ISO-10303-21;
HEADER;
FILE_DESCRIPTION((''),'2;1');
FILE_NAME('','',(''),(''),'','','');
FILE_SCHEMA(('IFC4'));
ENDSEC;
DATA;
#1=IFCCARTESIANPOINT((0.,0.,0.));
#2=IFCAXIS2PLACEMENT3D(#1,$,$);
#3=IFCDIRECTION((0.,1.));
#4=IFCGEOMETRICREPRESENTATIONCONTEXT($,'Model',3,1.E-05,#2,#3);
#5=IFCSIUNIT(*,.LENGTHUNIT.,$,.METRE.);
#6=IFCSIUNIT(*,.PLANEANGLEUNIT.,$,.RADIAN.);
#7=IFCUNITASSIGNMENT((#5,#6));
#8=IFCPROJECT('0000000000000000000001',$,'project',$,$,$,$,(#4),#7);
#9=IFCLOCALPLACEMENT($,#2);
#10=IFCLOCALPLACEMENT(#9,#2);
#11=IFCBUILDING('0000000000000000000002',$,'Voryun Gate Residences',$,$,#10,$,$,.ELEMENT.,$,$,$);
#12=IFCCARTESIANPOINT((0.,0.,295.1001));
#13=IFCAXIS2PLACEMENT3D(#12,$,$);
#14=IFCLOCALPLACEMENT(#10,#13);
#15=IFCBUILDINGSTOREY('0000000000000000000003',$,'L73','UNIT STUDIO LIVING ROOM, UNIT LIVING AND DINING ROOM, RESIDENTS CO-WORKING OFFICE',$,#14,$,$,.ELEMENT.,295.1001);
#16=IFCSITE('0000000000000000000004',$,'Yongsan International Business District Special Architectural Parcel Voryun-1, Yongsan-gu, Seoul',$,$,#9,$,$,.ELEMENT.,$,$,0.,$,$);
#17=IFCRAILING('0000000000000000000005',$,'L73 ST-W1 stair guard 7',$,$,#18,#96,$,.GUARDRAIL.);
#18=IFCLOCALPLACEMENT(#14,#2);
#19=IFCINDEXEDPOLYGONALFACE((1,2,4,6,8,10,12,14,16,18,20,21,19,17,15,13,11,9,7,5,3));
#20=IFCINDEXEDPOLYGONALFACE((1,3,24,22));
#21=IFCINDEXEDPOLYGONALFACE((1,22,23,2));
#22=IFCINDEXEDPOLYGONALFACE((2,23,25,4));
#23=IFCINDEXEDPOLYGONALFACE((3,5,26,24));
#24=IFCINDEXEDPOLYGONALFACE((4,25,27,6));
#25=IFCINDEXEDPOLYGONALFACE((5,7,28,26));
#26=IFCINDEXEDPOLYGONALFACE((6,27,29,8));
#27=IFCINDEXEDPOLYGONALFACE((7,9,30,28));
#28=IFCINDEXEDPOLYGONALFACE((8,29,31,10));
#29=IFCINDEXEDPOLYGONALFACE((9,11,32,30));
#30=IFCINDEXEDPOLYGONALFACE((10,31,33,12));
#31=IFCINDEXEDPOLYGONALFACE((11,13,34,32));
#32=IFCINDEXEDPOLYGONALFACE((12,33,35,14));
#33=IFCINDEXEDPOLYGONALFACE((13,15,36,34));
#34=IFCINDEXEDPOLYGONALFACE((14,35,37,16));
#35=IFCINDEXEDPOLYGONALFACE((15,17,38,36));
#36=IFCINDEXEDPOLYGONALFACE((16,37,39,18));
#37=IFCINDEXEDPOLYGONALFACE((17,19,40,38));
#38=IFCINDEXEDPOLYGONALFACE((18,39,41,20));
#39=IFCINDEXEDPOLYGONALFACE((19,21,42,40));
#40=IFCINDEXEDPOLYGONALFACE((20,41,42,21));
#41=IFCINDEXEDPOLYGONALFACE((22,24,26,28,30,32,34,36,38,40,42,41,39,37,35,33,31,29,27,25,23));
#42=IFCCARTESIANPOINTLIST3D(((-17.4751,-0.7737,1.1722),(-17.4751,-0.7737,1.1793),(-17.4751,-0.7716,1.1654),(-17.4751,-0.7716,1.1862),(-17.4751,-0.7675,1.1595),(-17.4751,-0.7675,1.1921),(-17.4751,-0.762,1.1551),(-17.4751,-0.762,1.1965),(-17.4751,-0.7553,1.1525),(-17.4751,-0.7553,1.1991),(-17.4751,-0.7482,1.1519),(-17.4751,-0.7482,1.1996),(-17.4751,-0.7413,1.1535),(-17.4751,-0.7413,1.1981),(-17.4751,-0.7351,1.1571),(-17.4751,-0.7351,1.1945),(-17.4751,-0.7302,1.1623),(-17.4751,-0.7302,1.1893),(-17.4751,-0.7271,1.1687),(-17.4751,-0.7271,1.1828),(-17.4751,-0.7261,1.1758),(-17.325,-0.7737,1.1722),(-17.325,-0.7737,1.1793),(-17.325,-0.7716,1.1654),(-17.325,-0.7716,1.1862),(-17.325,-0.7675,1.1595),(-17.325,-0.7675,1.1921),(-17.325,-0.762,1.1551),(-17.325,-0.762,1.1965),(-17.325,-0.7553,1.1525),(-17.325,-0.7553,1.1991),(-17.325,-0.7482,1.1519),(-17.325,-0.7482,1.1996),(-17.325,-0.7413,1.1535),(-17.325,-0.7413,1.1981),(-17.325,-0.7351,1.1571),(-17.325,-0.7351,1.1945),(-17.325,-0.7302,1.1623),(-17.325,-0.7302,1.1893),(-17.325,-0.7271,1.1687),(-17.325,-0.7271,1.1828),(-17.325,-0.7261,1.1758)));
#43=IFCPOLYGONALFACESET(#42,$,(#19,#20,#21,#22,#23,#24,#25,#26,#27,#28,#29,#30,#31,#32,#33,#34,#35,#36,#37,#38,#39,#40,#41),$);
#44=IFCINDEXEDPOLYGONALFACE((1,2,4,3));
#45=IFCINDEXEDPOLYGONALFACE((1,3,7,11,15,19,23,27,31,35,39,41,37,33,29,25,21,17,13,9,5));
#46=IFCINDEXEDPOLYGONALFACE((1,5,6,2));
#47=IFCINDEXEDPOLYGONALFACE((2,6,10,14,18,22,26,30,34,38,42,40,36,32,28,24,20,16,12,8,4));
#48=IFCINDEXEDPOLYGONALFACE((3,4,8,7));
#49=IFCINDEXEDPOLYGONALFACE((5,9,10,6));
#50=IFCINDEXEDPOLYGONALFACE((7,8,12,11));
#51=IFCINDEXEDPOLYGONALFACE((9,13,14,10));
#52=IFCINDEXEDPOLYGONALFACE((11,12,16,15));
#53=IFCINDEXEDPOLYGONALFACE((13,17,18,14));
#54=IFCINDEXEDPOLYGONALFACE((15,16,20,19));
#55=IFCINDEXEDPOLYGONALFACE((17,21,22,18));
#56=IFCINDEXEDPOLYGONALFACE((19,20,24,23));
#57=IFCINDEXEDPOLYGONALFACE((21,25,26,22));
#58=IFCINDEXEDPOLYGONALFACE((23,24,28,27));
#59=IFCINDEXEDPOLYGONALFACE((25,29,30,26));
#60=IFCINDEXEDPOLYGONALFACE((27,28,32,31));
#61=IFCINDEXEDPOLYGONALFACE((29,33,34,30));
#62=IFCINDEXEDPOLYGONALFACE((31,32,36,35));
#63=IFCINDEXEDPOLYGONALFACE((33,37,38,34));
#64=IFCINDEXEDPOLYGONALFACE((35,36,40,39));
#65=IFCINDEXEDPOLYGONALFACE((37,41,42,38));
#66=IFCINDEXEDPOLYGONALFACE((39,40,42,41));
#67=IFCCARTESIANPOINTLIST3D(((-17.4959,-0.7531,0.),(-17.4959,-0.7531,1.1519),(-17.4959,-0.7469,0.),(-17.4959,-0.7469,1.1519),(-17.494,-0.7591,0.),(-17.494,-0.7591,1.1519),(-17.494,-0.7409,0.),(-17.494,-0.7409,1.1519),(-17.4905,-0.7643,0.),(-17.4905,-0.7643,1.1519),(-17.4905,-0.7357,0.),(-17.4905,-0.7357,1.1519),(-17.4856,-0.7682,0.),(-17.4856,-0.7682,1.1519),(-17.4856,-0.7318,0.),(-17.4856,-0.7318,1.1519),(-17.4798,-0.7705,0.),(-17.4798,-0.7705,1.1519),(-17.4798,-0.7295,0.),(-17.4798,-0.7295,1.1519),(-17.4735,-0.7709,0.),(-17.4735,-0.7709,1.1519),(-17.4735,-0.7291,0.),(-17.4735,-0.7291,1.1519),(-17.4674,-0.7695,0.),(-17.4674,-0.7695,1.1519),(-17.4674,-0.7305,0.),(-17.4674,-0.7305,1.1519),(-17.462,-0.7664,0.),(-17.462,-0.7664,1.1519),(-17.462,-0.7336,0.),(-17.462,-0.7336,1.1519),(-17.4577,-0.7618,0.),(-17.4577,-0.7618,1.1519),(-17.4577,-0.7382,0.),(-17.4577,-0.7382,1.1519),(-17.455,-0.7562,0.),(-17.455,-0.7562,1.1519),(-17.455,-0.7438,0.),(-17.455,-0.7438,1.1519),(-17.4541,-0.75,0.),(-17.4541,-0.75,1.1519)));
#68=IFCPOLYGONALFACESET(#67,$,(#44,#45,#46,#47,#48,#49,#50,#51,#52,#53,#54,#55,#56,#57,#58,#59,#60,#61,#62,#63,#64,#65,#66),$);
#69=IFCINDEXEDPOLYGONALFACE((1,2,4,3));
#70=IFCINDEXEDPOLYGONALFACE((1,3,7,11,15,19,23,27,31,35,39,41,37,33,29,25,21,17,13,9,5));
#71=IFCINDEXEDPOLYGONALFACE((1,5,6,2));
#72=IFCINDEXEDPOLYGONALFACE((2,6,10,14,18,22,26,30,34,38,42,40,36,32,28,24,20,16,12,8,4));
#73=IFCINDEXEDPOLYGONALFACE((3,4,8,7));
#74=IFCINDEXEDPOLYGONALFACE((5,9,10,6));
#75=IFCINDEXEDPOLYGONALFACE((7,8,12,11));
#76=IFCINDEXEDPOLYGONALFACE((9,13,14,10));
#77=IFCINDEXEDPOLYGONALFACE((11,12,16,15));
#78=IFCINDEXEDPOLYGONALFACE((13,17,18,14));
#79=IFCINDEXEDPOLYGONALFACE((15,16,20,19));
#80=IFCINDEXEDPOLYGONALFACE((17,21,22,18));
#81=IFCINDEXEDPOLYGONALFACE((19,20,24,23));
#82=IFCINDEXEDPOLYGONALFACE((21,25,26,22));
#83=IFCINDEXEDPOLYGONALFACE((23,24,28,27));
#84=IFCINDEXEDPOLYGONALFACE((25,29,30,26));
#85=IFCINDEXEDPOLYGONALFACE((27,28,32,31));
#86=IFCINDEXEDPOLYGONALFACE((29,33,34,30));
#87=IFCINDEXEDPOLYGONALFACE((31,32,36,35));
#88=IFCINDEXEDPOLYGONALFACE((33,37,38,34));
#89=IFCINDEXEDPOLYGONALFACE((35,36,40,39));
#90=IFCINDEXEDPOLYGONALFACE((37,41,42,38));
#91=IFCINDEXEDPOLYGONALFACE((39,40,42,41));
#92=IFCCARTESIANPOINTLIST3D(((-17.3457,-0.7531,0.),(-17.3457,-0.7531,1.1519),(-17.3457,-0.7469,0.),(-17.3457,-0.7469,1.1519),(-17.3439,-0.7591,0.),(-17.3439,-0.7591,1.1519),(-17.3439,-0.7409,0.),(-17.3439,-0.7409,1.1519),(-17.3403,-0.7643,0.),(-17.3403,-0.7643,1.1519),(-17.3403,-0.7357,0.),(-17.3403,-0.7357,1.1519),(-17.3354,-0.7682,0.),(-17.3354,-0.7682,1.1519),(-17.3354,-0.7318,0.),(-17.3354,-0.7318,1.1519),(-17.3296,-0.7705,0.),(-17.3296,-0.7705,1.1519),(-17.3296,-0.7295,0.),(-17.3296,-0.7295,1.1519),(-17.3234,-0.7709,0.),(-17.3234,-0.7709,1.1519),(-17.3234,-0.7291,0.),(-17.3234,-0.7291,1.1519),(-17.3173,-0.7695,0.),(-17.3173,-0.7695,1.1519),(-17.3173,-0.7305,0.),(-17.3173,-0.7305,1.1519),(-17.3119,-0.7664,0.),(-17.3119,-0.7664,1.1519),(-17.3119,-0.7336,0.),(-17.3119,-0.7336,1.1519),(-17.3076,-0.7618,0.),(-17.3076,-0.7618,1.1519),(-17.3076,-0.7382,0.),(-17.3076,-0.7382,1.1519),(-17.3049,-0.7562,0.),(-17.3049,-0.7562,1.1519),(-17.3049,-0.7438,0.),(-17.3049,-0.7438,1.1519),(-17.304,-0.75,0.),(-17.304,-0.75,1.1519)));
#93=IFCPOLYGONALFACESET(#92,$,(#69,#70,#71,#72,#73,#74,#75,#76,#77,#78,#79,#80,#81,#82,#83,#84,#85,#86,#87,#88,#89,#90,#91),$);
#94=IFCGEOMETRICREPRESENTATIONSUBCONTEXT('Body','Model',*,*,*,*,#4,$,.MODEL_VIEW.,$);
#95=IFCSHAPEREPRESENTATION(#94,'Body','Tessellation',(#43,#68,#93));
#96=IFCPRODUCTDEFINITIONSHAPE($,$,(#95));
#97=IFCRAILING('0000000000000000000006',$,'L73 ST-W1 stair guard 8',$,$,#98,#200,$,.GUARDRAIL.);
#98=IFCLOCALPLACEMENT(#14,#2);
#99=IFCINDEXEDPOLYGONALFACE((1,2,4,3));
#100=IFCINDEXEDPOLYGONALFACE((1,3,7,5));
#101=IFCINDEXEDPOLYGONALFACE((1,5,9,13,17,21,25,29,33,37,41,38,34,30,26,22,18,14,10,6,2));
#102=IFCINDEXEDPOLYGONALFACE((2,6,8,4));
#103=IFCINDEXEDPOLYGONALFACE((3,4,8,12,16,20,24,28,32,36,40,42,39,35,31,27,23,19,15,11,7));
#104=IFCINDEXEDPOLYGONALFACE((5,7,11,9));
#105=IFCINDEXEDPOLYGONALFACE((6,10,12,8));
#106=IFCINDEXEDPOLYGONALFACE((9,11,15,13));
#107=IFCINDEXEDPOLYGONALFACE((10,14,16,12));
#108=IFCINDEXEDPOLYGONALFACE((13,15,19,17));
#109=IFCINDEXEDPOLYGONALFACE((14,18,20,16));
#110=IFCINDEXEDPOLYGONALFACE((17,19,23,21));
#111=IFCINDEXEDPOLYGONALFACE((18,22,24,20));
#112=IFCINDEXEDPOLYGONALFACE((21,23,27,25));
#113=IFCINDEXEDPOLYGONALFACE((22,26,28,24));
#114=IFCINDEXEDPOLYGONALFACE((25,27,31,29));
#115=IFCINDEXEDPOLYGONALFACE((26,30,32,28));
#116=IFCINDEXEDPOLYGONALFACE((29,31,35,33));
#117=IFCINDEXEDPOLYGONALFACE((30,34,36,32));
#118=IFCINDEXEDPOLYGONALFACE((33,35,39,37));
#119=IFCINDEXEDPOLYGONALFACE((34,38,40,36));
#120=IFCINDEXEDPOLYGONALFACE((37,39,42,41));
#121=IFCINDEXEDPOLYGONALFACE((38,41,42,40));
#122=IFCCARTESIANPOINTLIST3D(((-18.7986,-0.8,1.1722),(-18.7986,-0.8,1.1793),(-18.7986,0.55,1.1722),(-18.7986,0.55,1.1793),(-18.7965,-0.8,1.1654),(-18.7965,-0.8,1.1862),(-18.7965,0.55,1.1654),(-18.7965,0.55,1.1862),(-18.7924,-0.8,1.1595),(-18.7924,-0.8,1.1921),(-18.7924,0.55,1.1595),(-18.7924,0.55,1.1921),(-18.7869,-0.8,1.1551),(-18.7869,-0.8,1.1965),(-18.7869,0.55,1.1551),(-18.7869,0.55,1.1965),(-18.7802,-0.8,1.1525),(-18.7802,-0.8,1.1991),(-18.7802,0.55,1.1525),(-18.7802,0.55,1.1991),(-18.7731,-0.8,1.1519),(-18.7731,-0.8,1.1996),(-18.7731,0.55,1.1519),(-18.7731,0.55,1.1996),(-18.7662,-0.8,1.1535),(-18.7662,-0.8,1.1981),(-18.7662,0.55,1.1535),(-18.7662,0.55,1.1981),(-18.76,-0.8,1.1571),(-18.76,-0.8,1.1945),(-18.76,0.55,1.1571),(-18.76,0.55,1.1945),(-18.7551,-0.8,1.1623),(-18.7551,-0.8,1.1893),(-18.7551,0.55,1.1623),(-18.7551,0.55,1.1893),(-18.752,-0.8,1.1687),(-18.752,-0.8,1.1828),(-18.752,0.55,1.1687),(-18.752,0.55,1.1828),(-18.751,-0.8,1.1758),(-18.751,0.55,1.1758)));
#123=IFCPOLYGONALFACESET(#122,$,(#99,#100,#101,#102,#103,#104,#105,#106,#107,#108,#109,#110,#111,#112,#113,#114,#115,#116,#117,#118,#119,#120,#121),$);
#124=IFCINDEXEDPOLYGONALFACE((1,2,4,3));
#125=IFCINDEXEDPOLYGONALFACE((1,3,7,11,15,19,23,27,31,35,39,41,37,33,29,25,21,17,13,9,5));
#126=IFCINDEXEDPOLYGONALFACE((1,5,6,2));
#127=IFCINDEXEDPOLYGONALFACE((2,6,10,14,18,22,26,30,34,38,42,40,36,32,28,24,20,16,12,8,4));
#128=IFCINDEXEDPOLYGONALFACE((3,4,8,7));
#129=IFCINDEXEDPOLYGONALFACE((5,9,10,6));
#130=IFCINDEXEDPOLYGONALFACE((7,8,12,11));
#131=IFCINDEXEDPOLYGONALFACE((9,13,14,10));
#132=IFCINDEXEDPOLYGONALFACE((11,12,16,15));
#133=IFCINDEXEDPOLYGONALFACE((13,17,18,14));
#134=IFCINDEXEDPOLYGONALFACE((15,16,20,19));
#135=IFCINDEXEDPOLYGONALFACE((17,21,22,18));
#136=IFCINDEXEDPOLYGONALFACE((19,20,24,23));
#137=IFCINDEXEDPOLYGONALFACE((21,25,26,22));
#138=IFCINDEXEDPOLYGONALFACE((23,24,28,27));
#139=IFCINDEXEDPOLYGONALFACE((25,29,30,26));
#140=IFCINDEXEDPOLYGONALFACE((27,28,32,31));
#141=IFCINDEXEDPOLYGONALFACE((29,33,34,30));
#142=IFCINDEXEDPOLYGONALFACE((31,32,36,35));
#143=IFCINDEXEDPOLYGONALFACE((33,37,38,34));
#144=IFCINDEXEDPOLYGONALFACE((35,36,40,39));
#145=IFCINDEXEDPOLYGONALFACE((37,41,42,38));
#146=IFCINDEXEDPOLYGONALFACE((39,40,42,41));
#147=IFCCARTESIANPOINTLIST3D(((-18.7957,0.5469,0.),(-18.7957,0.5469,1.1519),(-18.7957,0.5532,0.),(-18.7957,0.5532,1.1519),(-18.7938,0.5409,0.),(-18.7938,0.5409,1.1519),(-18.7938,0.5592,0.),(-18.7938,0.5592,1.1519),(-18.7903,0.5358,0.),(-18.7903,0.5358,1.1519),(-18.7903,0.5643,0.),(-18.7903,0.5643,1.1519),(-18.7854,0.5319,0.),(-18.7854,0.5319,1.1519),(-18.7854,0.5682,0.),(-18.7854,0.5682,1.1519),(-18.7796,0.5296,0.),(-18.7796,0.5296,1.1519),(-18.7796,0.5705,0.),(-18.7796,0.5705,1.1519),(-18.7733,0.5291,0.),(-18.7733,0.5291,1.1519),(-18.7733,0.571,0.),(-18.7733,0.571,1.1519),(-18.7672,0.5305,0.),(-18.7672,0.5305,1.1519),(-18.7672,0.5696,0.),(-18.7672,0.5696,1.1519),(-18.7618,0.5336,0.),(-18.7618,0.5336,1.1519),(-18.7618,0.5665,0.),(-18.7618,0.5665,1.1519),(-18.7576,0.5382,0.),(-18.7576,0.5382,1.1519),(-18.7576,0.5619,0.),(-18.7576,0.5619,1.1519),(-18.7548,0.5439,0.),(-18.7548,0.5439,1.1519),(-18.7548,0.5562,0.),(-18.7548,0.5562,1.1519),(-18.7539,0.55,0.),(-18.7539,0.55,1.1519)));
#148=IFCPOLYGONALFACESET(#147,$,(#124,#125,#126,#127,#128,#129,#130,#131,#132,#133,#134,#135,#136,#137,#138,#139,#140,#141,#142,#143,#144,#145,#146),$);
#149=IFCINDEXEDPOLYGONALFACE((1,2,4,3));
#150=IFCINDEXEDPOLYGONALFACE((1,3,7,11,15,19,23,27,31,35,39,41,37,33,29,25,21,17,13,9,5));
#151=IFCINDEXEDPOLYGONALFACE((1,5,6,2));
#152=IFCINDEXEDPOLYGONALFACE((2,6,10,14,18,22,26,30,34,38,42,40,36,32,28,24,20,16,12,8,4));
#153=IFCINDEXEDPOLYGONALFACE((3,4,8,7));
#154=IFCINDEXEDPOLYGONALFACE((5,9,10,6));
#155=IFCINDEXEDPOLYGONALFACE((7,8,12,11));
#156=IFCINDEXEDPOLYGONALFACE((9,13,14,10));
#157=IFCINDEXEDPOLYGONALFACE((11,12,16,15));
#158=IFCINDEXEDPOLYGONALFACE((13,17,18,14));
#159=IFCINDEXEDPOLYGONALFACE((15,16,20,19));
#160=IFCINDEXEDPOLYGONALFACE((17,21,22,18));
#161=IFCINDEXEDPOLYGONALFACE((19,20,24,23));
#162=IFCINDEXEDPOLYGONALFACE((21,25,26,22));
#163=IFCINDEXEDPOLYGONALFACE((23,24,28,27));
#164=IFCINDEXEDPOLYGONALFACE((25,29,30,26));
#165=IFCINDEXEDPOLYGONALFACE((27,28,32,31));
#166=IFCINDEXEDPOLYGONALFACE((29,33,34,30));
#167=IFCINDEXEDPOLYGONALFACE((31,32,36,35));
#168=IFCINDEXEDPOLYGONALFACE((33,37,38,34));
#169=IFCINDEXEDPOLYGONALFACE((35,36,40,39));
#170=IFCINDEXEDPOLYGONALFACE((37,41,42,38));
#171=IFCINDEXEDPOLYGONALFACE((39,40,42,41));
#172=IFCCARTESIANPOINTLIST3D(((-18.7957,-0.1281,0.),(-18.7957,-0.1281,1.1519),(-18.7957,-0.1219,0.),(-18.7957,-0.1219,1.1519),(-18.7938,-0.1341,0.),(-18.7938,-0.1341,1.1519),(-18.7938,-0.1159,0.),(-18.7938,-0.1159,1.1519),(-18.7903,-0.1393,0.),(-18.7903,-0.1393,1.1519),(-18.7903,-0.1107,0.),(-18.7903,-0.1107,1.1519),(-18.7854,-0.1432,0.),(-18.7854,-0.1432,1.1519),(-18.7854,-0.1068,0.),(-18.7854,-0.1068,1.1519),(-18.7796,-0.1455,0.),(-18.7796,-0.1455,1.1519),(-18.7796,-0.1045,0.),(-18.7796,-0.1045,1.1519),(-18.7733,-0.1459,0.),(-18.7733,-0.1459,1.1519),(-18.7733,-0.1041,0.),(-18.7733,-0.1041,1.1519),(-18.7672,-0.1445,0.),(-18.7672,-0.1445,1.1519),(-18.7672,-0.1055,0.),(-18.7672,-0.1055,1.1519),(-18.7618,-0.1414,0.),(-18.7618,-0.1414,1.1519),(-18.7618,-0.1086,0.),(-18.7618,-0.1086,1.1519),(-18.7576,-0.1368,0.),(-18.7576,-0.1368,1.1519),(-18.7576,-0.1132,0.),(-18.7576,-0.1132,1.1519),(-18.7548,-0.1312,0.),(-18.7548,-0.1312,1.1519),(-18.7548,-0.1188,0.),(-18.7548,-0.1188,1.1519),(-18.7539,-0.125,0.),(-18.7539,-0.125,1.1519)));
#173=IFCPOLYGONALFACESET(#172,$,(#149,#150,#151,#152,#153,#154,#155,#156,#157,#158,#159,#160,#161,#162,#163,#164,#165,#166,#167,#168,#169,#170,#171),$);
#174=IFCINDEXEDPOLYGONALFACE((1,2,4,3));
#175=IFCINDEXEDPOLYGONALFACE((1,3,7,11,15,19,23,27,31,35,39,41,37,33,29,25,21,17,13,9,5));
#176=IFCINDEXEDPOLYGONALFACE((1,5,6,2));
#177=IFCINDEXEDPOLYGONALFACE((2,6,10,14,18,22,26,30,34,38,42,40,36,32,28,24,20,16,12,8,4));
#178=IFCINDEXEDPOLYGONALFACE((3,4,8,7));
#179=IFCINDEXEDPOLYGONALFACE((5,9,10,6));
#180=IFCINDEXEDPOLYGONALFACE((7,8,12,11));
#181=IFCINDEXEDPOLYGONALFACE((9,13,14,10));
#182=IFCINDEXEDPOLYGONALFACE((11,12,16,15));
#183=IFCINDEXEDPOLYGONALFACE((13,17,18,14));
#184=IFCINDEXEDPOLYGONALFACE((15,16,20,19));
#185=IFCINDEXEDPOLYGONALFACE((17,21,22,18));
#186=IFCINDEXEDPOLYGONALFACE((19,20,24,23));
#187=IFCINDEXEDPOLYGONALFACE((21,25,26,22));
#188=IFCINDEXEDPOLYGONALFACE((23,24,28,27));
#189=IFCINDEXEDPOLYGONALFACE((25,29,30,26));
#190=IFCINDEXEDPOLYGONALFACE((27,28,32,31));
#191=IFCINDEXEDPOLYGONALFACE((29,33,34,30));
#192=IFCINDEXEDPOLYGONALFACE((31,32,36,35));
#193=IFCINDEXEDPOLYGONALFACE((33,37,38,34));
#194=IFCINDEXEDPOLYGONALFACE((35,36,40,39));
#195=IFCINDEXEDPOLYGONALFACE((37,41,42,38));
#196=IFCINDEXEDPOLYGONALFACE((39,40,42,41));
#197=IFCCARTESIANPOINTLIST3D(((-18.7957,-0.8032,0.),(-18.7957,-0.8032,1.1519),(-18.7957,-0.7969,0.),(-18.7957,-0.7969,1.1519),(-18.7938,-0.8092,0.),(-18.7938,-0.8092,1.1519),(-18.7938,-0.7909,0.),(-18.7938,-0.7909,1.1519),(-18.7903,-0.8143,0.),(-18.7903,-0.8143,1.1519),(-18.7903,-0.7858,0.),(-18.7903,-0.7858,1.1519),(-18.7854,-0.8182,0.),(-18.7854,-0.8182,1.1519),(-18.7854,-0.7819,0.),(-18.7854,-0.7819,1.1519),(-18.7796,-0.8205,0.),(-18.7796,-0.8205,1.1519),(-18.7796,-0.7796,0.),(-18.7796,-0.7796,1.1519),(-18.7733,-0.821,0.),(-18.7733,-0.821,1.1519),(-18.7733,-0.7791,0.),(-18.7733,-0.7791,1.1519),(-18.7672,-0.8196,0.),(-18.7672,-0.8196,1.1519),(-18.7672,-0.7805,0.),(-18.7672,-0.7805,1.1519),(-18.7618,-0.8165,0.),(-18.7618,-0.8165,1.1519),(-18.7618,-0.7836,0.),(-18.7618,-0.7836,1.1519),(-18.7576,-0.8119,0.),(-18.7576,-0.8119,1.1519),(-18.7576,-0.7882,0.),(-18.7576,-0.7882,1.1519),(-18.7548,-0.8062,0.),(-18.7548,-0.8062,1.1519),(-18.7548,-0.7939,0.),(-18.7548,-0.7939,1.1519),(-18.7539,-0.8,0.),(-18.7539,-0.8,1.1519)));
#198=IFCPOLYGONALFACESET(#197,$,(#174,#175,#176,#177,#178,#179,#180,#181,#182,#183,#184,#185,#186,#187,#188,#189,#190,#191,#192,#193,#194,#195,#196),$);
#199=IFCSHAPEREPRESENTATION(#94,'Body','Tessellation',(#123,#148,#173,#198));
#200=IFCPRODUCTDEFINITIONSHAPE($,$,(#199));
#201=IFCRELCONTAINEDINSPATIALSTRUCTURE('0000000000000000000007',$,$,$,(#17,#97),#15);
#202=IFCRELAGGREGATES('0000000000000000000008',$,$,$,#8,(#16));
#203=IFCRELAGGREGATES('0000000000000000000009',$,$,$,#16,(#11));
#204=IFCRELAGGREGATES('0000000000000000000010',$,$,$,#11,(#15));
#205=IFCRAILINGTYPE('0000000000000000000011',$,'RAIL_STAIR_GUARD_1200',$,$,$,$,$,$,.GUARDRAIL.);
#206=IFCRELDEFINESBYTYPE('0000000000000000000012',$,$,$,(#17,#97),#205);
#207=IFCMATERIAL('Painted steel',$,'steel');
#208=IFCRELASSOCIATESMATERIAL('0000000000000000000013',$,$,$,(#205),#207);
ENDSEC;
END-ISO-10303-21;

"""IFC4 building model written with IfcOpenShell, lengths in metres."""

from ifc_helpers import new_model, si_unit, direction, frame, origin, origin_2d, place, context, subcontext, project, spatial, circle, extrude, material, type_object, element, save


model = new_model("IFC4")

# Units and contexts
model_context = context("Model", 3, precision=1e-05, world=origin(), true_north=direction((0.0, 1.0)))
body_context = subcontext(model_context, "Body", "Model", "MODEL_VIEW")
ifc_project = project(units=[si_unit("LENGTHUNIT", "METRE"), si_unit("PLANEANGLEUNIT", "RADIAN")], contexts=[model_context])

# Site, building, storey
site_placement = place(None, origin())
site = spatial("IfcSite", under=ifc_project, at=site_placement, Name="Yongsan International Business District Special Architectural Parcel Voryun-1, Yongsan-gu, Seoul", CompositionType="ELEMENT", RefElevation=0.0)
building_placement = place(site_placement, origin())
building = spatial("IfcBuilding", under=site, at=building_placement, Name="Voryun Gate Residences", CompositionType="ELEMENT")
storey_placement = place(building_placement, frame((0.0, 0.0, 295.1001)))
storey = spatial("IfcBuildingStorey", under=building, at=storey_placement, Name="L73", Description="UNIT STUDIO LIVING ROOM, UNIT LIVING AND DINING ROOM, RESIDENTS CO-WORKING OFFICE", CompositionType="ELEMENT", Elevation=295.1001)

# Railings
ifc_material_1 = material(Name="Painted steel", Category="steel")
railing_type = type_object("IfcRailingType", Name="RAIL_STAIR_GUARD_1200", PredefinedType="GUARDRAIL", material=ifc_material_1)
railing_1_placement = place(storey_placement, frame((-17.4751, -0.75, 0.0)))
element("IfcRailing", 1, at=railing_1_placement, inside=storey, type_object=railing_type, Name="L73 ST-W1 stair guard 7", PredefinedType="GUARDRAIL", context=body_context, shape_type="SweptSolid", body=[
    extrude(circle(Radius=0.0239, at=origin_2d()), frame((0.0, 0.0, 1.1758), z_axis=(1.0, 0.0, 0.0), x_axis=(0.0, 1.0, 0.0)), (0.0, 0.0, 1.0), 0.1501),
    extrude(circle(Radius=0.021, at=origin_2d()), origin(), (0.0, 0.0, 1.0), 1.1519),
    extrude(circle(Radius=0.021, at=origin_2d()), frame((0.1501, 0.0, 0.0)), (0.0, 0.0, 1.0), 1.1519),
])
for number, where, name in (
    (2, (-18.7749, 0.55, 0.0), "L73 ST-W1 stair guard 8"),
):
    element("IfcRailing", number, at=place(storey_placement, frame(where)), inside=storey, type_object=railing_type, Name=name, PredefinedType="GUARDRAIL", context=body_context, shape_type="SweptSolid", body=[
        extrude(circle(Radius=0.0239, at=origin_2d()), frame((0.0, 0.0, 1.1758), z_axis=(0.0, -1.0, 0.0), x_axis=(1.0, 0.0, 0.0)), (0.0, 0.0, 1.0), 1.3501),
        extrude(circle(Radius=0.021, at=origin_2d()), origin(), (0.0, 0.0, 1.0), 1.1519),
        extrude(circle(Radius=0.021, at=origin_2d()), frame((0.0, -0.675, 0.0)), (0.0, 0.0, 1.0), 1.1519),
        extrude(circle(Radius=0.021, at=origin_2d()), frame((0.0, -1.3501, 0.0)), (0.0, 0.0, 1.0), 1.1519),
    ])

save(model, "model.ifc")
